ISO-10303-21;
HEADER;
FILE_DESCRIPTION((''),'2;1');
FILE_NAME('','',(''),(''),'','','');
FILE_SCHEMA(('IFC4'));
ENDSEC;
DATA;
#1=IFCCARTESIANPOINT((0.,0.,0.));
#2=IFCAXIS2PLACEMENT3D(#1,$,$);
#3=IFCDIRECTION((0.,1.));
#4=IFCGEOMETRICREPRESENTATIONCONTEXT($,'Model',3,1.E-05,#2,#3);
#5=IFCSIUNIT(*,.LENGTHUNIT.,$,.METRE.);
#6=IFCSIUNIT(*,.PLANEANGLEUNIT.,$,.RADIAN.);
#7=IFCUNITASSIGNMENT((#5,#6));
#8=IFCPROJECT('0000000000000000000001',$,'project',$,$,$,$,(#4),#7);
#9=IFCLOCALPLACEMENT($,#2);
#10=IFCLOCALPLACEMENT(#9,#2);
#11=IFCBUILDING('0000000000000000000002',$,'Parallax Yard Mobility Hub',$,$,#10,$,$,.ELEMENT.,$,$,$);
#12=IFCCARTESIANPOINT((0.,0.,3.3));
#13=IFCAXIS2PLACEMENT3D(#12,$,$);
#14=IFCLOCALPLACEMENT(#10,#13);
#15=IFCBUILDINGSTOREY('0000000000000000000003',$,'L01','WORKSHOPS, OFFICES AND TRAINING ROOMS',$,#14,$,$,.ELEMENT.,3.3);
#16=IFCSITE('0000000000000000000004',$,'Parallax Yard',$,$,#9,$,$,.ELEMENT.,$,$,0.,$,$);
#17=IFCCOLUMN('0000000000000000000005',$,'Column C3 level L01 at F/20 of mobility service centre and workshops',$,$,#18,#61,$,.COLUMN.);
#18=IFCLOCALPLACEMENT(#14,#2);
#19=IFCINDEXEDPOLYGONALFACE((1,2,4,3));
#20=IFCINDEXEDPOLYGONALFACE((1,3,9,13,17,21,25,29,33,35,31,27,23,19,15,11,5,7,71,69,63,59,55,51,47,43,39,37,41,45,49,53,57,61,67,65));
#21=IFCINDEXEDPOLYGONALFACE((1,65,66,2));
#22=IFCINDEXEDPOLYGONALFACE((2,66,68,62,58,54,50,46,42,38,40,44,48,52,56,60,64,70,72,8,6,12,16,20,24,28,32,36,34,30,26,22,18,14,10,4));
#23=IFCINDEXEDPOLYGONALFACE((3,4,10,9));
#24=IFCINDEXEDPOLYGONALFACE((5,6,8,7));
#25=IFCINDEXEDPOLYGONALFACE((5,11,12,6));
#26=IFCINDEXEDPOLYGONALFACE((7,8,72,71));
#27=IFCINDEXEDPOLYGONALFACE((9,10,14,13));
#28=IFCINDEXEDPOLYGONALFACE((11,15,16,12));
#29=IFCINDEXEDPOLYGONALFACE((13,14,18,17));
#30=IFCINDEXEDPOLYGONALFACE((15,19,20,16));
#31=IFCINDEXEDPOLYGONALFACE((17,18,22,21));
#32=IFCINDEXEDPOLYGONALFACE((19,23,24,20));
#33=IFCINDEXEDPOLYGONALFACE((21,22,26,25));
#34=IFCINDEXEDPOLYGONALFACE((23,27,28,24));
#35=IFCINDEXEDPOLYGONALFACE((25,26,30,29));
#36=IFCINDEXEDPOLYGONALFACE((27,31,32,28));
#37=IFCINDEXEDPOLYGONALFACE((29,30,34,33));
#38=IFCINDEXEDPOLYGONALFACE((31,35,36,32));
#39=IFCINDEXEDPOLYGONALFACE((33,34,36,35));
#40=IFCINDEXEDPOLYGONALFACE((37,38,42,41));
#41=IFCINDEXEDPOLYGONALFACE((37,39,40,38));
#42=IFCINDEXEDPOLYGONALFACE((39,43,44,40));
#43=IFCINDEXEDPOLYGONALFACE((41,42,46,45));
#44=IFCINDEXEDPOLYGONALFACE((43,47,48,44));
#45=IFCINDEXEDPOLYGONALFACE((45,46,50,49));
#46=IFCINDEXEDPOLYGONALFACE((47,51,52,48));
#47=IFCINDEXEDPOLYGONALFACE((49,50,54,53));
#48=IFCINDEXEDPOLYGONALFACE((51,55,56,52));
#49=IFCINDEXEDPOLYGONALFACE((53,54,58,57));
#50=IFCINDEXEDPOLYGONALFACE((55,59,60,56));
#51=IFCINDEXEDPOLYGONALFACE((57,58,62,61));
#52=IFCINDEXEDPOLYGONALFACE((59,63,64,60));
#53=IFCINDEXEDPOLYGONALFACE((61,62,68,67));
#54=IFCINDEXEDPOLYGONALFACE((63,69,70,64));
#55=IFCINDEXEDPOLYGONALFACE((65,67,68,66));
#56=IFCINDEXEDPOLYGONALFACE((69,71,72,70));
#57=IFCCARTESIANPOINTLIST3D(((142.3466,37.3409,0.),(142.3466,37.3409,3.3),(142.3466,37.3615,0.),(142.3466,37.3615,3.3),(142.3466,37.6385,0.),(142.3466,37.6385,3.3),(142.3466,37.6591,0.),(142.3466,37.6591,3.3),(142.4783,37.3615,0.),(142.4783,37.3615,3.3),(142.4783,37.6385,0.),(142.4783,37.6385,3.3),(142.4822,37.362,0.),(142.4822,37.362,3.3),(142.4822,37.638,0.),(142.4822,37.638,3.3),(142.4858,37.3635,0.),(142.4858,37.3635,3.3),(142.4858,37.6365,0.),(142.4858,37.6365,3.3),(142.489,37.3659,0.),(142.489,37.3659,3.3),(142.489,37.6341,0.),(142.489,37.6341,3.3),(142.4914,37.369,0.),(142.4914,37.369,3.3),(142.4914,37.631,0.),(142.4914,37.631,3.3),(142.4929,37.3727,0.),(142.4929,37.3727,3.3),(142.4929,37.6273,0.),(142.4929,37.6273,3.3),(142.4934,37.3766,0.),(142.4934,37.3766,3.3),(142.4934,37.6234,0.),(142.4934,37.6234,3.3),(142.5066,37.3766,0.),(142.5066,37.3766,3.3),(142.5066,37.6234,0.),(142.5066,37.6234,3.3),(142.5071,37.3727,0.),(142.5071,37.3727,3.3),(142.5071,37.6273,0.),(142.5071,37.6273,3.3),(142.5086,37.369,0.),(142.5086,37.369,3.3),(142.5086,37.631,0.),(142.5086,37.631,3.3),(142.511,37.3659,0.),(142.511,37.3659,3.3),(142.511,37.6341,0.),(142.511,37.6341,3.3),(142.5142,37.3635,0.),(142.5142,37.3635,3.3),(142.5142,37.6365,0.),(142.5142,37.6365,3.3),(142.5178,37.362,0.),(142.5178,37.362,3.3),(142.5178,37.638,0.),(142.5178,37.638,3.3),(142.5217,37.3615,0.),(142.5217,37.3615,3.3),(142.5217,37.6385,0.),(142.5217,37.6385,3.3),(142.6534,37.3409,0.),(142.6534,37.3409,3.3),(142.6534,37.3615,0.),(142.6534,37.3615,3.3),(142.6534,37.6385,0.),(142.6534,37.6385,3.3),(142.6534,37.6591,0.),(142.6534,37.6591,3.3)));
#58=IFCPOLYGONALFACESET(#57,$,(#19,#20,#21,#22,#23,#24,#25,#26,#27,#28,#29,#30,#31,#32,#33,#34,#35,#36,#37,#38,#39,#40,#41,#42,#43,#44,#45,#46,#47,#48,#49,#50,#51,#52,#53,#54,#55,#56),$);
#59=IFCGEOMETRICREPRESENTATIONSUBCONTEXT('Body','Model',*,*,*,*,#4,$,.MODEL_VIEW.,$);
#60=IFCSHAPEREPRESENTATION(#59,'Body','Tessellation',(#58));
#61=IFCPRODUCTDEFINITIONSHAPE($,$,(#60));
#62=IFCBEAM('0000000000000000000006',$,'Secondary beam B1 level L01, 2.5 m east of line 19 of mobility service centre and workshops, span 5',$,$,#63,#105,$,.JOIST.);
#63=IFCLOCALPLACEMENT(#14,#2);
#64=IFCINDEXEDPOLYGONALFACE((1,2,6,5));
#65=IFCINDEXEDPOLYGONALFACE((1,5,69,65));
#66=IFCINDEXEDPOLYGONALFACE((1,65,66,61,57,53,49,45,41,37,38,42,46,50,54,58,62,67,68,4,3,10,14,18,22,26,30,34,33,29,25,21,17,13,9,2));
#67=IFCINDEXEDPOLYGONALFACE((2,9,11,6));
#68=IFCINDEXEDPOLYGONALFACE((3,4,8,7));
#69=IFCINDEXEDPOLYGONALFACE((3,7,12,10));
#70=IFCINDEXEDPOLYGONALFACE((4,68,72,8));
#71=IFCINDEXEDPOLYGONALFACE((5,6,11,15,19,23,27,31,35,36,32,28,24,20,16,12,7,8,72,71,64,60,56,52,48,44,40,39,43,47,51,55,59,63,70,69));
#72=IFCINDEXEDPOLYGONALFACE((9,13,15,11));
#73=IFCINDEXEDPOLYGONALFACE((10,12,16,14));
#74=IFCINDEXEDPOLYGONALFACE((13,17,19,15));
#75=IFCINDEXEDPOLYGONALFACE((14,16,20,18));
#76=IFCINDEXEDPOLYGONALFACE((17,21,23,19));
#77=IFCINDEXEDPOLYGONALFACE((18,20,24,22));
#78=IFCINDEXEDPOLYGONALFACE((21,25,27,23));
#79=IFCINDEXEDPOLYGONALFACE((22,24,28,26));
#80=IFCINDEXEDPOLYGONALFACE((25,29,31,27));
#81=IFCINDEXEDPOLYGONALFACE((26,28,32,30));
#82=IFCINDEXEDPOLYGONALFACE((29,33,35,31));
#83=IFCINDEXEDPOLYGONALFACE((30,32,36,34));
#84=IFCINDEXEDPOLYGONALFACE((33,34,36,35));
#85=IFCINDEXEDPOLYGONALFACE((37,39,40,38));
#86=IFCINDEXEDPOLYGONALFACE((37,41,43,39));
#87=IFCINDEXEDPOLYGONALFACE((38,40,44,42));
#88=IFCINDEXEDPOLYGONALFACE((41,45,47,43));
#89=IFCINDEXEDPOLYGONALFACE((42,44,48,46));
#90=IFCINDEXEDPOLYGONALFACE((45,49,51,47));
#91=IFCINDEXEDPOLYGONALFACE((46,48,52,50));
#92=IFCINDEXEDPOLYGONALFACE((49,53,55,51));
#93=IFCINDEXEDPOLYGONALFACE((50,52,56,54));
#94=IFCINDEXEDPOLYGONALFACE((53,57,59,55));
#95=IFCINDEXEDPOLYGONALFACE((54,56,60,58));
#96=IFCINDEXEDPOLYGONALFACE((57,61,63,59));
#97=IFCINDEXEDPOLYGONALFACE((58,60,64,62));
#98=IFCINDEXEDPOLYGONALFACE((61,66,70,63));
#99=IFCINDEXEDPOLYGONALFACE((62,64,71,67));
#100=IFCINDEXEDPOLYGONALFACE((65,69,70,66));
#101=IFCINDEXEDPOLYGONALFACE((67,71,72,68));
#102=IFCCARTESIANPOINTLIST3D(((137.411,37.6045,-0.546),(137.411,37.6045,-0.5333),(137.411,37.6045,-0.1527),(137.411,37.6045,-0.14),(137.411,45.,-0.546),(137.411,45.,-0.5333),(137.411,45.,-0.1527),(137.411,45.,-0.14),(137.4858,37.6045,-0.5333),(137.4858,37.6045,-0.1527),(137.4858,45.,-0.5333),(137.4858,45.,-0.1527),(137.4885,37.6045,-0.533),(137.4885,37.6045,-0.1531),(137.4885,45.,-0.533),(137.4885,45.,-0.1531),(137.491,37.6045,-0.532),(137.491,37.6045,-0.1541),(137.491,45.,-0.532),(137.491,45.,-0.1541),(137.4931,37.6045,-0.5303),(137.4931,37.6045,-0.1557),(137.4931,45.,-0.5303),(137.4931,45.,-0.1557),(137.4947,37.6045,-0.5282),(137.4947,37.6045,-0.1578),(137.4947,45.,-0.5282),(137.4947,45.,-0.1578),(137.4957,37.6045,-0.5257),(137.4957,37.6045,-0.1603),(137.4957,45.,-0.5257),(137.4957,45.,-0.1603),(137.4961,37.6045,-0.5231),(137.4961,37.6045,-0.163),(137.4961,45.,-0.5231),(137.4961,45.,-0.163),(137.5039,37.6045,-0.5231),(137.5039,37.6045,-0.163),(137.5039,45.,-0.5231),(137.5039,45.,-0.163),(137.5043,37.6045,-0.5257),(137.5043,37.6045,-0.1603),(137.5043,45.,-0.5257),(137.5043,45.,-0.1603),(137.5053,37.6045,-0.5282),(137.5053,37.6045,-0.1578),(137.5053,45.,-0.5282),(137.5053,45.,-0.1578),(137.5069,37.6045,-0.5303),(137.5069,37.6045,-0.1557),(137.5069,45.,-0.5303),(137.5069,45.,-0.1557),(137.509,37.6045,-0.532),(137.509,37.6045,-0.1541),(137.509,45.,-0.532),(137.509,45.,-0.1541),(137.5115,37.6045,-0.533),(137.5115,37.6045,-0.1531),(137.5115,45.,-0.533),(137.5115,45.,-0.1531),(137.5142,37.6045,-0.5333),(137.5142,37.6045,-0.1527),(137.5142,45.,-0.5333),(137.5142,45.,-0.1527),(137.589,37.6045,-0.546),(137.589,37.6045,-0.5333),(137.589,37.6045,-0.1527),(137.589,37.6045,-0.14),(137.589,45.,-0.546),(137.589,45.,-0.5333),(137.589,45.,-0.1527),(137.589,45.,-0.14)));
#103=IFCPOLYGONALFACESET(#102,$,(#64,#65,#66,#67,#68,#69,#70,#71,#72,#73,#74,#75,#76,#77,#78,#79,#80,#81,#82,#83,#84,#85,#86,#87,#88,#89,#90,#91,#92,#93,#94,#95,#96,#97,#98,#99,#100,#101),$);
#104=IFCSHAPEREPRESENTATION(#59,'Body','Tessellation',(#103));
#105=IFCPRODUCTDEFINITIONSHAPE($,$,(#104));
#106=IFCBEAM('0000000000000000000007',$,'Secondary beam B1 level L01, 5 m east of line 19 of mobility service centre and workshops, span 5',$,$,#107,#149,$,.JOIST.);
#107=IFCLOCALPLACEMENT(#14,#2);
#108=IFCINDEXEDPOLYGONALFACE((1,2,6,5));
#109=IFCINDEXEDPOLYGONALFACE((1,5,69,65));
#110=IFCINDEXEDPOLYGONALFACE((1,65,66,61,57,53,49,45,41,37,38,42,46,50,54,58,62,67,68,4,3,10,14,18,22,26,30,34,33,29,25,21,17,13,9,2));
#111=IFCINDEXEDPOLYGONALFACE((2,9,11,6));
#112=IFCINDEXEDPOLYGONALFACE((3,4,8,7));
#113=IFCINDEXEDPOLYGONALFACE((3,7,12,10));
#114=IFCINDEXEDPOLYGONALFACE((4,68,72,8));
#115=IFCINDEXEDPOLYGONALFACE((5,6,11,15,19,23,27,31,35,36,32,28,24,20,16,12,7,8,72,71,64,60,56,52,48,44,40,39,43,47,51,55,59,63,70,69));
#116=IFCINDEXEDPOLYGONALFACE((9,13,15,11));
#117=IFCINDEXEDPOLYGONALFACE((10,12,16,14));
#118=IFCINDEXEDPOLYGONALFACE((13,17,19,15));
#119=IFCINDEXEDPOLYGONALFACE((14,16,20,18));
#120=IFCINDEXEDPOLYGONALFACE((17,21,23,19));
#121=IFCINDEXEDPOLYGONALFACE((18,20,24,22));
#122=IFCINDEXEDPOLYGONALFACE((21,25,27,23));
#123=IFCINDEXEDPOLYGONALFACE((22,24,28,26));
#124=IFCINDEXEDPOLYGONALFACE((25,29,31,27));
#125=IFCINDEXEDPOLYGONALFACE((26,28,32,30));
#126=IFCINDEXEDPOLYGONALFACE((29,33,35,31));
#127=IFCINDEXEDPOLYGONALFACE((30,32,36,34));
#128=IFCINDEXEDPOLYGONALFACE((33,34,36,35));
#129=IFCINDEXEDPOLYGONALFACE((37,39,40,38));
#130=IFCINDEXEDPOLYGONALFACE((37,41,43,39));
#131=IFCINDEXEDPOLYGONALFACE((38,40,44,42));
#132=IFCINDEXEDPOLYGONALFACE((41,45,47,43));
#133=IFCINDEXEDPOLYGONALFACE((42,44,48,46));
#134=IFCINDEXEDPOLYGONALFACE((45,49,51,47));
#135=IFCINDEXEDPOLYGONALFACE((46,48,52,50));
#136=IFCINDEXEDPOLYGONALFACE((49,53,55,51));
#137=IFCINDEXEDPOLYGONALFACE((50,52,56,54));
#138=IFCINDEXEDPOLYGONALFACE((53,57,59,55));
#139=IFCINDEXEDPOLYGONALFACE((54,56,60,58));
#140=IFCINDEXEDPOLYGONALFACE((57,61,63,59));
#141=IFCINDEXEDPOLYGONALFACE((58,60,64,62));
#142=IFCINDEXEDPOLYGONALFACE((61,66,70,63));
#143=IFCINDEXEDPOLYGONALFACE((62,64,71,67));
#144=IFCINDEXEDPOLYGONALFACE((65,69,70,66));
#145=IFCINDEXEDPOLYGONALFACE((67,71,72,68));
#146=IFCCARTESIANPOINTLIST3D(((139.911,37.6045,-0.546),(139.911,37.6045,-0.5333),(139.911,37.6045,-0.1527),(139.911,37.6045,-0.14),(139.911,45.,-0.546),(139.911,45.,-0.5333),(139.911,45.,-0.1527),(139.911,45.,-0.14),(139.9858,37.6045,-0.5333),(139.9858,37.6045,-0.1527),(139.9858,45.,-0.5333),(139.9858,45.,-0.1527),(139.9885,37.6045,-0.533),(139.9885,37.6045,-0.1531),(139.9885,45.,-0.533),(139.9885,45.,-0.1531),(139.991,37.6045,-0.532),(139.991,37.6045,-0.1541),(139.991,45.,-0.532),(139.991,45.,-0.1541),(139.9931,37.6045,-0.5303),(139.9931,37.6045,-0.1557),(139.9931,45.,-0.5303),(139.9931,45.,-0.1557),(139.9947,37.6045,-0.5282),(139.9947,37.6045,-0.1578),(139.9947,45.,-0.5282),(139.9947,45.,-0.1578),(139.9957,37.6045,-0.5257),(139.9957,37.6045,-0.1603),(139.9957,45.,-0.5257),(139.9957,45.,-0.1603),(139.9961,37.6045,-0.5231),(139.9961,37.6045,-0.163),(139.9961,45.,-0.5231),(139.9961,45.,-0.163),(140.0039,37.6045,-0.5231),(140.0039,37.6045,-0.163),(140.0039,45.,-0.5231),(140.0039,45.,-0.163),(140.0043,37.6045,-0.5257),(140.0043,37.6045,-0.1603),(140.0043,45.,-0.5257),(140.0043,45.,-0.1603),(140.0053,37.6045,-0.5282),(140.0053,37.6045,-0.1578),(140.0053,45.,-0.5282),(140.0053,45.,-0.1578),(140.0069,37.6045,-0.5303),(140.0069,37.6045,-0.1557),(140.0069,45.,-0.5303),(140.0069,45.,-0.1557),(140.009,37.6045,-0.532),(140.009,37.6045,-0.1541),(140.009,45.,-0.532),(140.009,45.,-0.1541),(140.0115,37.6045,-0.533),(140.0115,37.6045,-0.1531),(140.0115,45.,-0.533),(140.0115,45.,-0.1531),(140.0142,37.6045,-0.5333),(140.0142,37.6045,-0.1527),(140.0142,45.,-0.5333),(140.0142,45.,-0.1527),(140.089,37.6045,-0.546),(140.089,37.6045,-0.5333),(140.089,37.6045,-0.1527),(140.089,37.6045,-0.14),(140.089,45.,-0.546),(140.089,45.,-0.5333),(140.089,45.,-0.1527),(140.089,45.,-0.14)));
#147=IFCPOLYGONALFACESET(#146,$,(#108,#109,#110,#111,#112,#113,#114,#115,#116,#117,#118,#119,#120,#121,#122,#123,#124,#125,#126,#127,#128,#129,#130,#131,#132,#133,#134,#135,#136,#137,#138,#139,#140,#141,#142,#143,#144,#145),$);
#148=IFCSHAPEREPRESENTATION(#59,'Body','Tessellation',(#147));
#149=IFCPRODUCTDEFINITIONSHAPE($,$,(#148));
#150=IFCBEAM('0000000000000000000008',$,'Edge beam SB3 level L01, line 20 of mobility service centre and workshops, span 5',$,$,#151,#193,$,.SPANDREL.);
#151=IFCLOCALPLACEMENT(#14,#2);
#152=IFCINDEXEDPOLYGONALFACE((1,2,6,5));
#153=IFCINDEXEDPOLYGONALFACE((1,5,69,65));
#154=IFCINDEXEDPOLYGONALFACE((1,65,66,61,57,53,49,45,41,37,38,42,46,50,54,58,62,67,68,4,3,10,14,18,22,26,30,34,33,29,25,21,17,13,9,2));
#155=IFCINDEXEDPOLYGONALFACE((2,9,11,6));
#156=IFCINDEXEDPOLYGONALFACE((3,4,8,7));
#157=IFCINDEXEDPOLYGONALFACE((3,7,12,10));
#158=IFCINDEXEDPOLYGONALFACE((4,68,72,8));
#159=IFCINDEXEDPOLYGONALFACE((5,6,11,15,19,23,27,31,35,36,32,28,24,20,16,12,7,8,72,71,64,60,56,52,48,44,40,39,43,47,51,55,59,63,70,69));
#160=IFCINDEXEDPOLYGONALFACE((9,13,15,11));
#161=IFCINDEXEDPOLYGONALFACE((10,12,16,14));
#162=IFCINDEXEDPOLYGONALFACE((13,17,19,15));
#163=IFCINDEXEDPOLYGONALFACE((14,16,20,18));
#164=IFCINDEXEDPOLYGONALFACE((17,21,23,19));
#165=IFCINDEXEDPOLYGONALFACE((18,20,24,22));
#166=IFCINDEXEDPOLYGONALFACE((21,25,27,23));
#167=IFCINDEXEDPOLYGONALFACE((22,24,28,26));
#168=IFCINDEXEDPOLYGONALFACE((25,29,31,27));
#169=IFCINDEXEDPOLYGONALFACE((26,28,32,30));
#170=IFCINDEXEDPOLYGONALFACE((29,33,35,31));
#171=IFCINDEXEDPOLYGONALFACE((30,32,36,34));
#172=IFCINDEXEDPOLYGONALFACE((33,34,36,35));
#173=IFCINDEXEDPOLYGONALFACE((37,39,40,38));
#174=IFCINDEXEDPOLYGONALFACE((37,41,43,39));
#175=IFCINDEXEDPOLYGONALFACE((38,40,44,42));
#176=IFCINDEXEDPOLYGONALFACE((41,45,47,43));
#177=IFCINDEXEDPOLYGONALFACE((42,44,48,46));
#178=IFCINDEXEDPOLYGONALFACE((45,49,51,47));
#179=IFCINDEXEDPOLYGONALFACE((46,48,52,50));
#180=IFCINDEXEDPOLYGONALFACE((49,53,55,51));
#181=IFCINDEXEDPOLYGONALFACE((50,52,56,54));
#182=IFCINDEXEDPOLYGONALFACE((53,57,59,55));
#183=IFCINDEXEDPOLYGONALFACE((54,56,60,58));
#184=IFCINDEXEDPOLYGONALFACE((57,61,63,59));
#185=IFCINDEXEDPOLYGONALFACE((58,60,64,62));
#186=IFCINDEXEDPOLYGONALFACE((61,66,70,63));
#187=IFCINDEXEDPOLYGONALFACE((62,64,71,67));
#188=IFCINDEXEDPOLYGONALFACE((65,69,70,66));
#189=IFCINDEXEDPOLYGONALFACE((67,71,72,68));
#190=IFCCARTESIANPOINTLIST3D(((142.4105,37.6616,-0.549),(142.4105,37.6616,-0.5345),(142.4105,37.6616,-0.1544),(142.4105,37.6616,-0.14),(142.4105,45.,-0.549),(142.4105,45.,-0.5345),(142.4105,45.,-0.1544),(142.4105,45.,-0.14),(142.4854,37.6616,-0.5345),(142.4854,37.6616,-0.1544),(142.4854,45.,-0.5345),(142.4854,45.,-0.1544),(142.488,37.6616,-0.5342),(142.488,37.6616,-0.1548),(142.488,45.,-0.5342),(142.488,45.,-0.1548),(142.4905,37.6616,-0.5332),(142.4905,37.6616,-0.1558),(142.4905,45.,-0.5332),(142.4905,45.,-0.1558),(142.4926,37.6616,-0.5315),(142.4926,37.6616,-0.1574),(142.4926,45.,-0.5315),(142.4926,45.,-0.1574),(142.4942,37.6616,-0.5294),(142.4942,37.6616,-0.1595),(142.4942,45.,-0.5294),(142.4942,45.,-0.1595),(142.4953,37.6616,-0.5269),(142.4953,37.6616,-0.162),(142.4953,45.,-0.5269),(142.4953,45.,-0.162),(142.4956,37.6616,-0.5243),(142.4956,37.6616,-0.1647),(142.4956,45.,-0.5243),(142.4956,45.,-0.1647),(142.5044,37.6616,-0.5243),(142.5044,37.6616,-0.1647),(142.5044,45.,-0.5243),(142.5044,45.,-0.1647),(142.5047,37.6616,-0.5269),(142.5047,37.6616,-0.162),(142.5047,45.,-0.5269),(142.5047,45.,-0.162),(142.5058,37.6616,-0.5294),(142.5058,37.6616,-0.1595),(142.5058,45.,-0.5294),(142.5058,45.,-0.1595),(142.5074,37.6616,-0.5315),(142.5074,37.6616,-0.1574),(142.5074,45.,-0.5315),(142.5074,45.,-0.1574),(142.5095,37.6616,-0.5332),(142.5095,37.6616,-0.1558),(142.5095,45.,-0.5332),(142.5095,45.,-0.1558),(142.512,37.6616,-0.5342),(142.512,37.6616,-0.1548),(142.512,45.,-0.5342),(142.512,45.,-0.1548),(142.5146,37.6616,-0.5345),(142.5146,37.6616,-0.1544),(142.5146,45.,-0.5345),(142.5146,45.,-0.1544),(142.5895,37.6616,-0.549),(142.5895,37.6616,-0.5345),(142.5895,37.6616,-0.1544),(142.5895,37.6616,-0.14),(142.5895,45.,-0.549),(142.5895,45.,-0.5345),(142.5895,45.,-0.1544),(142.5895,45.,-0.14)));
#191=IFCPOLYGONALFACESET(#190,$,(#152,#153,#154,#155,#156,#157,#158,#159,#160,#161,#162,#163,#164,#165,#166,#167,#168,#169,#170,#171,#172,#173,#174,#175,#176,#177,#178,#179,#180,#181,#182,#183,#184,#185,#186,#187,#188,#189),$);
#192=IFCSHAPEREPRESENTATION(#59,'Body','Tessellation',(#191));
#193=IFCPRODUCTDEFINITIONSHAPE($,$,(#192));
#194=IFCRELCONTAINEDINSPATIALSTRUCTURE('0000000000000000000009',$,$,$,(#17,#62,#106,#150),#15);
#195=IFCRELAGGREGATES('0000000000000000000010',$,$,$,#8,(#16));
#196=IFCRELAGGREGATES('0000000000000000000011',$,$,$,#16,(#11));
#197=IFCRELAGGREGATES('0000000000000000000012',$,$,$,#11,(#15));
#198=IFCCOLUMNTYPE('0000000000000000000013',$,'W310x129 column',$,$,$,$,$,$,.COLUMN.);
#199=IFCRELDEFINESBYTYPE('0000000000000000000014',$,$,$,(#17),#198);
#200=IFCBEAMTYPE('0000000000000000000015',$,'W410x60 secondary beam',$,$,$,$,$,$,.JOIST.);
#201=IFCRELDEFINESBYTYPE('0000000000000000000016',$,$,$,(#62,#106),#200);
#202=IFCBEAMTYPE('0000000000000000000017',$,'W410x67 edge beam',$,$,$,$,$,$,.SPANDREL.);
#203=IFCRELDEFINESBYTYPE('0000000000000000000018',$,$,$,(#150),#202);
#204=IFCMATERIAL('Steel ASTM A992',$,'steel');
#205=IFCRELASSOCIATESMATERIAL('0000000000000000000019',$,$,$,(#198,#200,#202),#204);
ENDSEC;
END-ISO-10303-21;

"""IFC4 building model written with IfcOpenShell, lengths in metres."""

from ifc_helpers import new_model, si_unit, direction, frame, origin, origin_2d, place, context, subcontext, project, spatial, i_section, extrude, material, material_profile, profile_set, type_object, element, save


model = new_model("IFC4")

# Units and contexts
model_context = context("Model", 3, precision=1e-05, world=origin(), true_north=direction((0.0, 1.0)))
body_context = subcontext(model_context, "Body", "Model", "MODEL_VIEW")
ifc_project = project(units=[si_unit("LENGTHUNIT", "METRE"), si_unit("PLANEANGLEUNIT", "RADIAN")], contexts=[model_context])

# Site, building, storey
site_placement = place(None, origin())
site = spatial("IfcSite", under=ifc_project, at=site_placement, Name="Parallax Yard", CompositionType="ELEMENT", RefElevation=0.0)
building_placement = place(site_placement, origin())
building = spatial("IfcBuilding", under=site, at=building_placement, Name="Parallax Yard Mobility Hub", CompositionType="ELEMENT")
storey_placement = place(building_placement, frame((0.0, 0.0, 3.3)))
storey = spatial("IfcBuildingStorey", under=building, at=storey_placement, Name="L01", Description="WORKSHOPS, OFFICES AND TRAINING ROOMS", CompositionType="ELEMENT", Elevation=3.3)

# Column
ifc_material_1 = material(Name="Steel ASTM A992", Category="steel")
ifc_material_profile_1 = material_profile(ifc_material_1, i_section(OverallWidth=0.3069, OverallDepth=0.3181, WebThickness=0.0132, FlangeThickness=0.0205, FilletRadius=0.0151, at=origin_2d()), Name="W310x129")
ifc_profile_set_1 = profile_set([ifc_material_profile_1], Name="Steel ASTM A992")
column_type = type_object("IfcColumnType", Name="W310x129 column", PredefinedType="COLUMN", material=ifc_profile_set_1)
column_placement = place(storey_placement, frame((142.5, 37.5, 0.0), z_axis=(0.0, 0.0, 1.0), x_axis=(1.0, 0.0, 0.0)))
element("IfcColumn", 1, at=column_placement, inside=storey, type_object=column_type, Name="Column C3 level L01 at F/20 of mobility service centre and workshops", PredefinedType="COLUMN", context=body_context, shape_type="SweptSolid", body=[
    extrude(i_section(OverallWidth=0.3069, OverallDepth=0.3181, WebThickness=0.0132, FlangeThickness=0.0205, FilletRadius=0.0151, at=origin_2d()), origin(), (0.0, 0.0, 1.0), 3.3),
])

# Beams
ifc_material_profile_2 = material_profile(ifc_material_1, i_section(OverallWidth=0.178, OverallDepth=0.406, WebThickness=0.0078, FlangeThickness=0.0127, FilletRadius=0.0103, at=origin_2d()), Name="W410x60")
ifc_profile_set_2 = profile_set([ifc_material_profile_2], Name="Steel ASTM A992")
beam_type_1 = type_object("IfcBeamType", Name="W410x60 secondary beam", PredefinedType="JOIST", material=ifc_profile_set_2)
for number, where, z_axis, x_axis, name in (
    (2, (137.5, 37.6045, -0.343), (0.0, 1.0, 0.0), (-1.0, 0.0, 0.0), "Secondary beam B1 level L01, 2.5 m east of line 19 of mobility service centre and workshops, span 5"),
    (3, (140.0, 37.6045, -0.343), (0.0, 1.0, 0.0), (-1.0, 0.0, 0.0), "Secondary beam B1 level L01, 5 m east of line 19 of mobility service centre and workshops, span 5"),
):
    element("IfcBeam", number, at=place(storey_placement, frame(where, z_axis=z_axis, x_axis=x_axis)), inside=storey, type_object=beam_type_1, Name=name, PredefinedType="JOIST", context=body_context, shape_type="SweptSolid", body=[
        extrude(i_section(OverallWidth=0.178, OverallDepth=0.406, WebThickness=0.0078, FlangeThickness=0.0127, FilletRadius=0.0103, at=origin_2d()), origin(), (0.0, 0.0, 1.0), 7.3955),
    ])
ifc_material_profile_3 = material_profile(ifc_material_1, i_section(OverallWidth=0.179, OverallDepth=0.4089, WebThickness=0.0088, FlangeThickness=0.0144, FilletRadius=0.0103, at=origin_2d()), Name="W410x67")
ifc_profile_set_3 = profile_set([ifc_material_profile_3], Name="Steel ASTM A992")
beam_type_2 = type_object("IfcBeamType", Name="W410x67 edge beam", PredefinedType="SPANDREL", material=ifc_profile_set_3)
beam_placement = place(storey_placement, frame((142.5, 37.6616, -0.3445), z_axis=(0.0, 1.0, 0.0), x_axis=(-1.0, 0.0, 0.0)))
element("IfcBeam", 4, at=beam_placement, inside=storey, type_object=beam_type_2, Name="Edge beam SB3 level L01, line 20 of mobility service centre and workshops, span 5", PredefinedType="SPANDREL", context=body_context, shape_type="SweptSolid", body=[
    extrude(i_section(OverallWidth=0.179, OverallDepth=0.4089, WebThickness=0.0088, FlangeThickness=0.0144, FilletRadius=0.0103, at=origin_2d()), origin(), (0.0, 0.0, 1.0), 7.3384),
])

save(model, "model.ifc")
